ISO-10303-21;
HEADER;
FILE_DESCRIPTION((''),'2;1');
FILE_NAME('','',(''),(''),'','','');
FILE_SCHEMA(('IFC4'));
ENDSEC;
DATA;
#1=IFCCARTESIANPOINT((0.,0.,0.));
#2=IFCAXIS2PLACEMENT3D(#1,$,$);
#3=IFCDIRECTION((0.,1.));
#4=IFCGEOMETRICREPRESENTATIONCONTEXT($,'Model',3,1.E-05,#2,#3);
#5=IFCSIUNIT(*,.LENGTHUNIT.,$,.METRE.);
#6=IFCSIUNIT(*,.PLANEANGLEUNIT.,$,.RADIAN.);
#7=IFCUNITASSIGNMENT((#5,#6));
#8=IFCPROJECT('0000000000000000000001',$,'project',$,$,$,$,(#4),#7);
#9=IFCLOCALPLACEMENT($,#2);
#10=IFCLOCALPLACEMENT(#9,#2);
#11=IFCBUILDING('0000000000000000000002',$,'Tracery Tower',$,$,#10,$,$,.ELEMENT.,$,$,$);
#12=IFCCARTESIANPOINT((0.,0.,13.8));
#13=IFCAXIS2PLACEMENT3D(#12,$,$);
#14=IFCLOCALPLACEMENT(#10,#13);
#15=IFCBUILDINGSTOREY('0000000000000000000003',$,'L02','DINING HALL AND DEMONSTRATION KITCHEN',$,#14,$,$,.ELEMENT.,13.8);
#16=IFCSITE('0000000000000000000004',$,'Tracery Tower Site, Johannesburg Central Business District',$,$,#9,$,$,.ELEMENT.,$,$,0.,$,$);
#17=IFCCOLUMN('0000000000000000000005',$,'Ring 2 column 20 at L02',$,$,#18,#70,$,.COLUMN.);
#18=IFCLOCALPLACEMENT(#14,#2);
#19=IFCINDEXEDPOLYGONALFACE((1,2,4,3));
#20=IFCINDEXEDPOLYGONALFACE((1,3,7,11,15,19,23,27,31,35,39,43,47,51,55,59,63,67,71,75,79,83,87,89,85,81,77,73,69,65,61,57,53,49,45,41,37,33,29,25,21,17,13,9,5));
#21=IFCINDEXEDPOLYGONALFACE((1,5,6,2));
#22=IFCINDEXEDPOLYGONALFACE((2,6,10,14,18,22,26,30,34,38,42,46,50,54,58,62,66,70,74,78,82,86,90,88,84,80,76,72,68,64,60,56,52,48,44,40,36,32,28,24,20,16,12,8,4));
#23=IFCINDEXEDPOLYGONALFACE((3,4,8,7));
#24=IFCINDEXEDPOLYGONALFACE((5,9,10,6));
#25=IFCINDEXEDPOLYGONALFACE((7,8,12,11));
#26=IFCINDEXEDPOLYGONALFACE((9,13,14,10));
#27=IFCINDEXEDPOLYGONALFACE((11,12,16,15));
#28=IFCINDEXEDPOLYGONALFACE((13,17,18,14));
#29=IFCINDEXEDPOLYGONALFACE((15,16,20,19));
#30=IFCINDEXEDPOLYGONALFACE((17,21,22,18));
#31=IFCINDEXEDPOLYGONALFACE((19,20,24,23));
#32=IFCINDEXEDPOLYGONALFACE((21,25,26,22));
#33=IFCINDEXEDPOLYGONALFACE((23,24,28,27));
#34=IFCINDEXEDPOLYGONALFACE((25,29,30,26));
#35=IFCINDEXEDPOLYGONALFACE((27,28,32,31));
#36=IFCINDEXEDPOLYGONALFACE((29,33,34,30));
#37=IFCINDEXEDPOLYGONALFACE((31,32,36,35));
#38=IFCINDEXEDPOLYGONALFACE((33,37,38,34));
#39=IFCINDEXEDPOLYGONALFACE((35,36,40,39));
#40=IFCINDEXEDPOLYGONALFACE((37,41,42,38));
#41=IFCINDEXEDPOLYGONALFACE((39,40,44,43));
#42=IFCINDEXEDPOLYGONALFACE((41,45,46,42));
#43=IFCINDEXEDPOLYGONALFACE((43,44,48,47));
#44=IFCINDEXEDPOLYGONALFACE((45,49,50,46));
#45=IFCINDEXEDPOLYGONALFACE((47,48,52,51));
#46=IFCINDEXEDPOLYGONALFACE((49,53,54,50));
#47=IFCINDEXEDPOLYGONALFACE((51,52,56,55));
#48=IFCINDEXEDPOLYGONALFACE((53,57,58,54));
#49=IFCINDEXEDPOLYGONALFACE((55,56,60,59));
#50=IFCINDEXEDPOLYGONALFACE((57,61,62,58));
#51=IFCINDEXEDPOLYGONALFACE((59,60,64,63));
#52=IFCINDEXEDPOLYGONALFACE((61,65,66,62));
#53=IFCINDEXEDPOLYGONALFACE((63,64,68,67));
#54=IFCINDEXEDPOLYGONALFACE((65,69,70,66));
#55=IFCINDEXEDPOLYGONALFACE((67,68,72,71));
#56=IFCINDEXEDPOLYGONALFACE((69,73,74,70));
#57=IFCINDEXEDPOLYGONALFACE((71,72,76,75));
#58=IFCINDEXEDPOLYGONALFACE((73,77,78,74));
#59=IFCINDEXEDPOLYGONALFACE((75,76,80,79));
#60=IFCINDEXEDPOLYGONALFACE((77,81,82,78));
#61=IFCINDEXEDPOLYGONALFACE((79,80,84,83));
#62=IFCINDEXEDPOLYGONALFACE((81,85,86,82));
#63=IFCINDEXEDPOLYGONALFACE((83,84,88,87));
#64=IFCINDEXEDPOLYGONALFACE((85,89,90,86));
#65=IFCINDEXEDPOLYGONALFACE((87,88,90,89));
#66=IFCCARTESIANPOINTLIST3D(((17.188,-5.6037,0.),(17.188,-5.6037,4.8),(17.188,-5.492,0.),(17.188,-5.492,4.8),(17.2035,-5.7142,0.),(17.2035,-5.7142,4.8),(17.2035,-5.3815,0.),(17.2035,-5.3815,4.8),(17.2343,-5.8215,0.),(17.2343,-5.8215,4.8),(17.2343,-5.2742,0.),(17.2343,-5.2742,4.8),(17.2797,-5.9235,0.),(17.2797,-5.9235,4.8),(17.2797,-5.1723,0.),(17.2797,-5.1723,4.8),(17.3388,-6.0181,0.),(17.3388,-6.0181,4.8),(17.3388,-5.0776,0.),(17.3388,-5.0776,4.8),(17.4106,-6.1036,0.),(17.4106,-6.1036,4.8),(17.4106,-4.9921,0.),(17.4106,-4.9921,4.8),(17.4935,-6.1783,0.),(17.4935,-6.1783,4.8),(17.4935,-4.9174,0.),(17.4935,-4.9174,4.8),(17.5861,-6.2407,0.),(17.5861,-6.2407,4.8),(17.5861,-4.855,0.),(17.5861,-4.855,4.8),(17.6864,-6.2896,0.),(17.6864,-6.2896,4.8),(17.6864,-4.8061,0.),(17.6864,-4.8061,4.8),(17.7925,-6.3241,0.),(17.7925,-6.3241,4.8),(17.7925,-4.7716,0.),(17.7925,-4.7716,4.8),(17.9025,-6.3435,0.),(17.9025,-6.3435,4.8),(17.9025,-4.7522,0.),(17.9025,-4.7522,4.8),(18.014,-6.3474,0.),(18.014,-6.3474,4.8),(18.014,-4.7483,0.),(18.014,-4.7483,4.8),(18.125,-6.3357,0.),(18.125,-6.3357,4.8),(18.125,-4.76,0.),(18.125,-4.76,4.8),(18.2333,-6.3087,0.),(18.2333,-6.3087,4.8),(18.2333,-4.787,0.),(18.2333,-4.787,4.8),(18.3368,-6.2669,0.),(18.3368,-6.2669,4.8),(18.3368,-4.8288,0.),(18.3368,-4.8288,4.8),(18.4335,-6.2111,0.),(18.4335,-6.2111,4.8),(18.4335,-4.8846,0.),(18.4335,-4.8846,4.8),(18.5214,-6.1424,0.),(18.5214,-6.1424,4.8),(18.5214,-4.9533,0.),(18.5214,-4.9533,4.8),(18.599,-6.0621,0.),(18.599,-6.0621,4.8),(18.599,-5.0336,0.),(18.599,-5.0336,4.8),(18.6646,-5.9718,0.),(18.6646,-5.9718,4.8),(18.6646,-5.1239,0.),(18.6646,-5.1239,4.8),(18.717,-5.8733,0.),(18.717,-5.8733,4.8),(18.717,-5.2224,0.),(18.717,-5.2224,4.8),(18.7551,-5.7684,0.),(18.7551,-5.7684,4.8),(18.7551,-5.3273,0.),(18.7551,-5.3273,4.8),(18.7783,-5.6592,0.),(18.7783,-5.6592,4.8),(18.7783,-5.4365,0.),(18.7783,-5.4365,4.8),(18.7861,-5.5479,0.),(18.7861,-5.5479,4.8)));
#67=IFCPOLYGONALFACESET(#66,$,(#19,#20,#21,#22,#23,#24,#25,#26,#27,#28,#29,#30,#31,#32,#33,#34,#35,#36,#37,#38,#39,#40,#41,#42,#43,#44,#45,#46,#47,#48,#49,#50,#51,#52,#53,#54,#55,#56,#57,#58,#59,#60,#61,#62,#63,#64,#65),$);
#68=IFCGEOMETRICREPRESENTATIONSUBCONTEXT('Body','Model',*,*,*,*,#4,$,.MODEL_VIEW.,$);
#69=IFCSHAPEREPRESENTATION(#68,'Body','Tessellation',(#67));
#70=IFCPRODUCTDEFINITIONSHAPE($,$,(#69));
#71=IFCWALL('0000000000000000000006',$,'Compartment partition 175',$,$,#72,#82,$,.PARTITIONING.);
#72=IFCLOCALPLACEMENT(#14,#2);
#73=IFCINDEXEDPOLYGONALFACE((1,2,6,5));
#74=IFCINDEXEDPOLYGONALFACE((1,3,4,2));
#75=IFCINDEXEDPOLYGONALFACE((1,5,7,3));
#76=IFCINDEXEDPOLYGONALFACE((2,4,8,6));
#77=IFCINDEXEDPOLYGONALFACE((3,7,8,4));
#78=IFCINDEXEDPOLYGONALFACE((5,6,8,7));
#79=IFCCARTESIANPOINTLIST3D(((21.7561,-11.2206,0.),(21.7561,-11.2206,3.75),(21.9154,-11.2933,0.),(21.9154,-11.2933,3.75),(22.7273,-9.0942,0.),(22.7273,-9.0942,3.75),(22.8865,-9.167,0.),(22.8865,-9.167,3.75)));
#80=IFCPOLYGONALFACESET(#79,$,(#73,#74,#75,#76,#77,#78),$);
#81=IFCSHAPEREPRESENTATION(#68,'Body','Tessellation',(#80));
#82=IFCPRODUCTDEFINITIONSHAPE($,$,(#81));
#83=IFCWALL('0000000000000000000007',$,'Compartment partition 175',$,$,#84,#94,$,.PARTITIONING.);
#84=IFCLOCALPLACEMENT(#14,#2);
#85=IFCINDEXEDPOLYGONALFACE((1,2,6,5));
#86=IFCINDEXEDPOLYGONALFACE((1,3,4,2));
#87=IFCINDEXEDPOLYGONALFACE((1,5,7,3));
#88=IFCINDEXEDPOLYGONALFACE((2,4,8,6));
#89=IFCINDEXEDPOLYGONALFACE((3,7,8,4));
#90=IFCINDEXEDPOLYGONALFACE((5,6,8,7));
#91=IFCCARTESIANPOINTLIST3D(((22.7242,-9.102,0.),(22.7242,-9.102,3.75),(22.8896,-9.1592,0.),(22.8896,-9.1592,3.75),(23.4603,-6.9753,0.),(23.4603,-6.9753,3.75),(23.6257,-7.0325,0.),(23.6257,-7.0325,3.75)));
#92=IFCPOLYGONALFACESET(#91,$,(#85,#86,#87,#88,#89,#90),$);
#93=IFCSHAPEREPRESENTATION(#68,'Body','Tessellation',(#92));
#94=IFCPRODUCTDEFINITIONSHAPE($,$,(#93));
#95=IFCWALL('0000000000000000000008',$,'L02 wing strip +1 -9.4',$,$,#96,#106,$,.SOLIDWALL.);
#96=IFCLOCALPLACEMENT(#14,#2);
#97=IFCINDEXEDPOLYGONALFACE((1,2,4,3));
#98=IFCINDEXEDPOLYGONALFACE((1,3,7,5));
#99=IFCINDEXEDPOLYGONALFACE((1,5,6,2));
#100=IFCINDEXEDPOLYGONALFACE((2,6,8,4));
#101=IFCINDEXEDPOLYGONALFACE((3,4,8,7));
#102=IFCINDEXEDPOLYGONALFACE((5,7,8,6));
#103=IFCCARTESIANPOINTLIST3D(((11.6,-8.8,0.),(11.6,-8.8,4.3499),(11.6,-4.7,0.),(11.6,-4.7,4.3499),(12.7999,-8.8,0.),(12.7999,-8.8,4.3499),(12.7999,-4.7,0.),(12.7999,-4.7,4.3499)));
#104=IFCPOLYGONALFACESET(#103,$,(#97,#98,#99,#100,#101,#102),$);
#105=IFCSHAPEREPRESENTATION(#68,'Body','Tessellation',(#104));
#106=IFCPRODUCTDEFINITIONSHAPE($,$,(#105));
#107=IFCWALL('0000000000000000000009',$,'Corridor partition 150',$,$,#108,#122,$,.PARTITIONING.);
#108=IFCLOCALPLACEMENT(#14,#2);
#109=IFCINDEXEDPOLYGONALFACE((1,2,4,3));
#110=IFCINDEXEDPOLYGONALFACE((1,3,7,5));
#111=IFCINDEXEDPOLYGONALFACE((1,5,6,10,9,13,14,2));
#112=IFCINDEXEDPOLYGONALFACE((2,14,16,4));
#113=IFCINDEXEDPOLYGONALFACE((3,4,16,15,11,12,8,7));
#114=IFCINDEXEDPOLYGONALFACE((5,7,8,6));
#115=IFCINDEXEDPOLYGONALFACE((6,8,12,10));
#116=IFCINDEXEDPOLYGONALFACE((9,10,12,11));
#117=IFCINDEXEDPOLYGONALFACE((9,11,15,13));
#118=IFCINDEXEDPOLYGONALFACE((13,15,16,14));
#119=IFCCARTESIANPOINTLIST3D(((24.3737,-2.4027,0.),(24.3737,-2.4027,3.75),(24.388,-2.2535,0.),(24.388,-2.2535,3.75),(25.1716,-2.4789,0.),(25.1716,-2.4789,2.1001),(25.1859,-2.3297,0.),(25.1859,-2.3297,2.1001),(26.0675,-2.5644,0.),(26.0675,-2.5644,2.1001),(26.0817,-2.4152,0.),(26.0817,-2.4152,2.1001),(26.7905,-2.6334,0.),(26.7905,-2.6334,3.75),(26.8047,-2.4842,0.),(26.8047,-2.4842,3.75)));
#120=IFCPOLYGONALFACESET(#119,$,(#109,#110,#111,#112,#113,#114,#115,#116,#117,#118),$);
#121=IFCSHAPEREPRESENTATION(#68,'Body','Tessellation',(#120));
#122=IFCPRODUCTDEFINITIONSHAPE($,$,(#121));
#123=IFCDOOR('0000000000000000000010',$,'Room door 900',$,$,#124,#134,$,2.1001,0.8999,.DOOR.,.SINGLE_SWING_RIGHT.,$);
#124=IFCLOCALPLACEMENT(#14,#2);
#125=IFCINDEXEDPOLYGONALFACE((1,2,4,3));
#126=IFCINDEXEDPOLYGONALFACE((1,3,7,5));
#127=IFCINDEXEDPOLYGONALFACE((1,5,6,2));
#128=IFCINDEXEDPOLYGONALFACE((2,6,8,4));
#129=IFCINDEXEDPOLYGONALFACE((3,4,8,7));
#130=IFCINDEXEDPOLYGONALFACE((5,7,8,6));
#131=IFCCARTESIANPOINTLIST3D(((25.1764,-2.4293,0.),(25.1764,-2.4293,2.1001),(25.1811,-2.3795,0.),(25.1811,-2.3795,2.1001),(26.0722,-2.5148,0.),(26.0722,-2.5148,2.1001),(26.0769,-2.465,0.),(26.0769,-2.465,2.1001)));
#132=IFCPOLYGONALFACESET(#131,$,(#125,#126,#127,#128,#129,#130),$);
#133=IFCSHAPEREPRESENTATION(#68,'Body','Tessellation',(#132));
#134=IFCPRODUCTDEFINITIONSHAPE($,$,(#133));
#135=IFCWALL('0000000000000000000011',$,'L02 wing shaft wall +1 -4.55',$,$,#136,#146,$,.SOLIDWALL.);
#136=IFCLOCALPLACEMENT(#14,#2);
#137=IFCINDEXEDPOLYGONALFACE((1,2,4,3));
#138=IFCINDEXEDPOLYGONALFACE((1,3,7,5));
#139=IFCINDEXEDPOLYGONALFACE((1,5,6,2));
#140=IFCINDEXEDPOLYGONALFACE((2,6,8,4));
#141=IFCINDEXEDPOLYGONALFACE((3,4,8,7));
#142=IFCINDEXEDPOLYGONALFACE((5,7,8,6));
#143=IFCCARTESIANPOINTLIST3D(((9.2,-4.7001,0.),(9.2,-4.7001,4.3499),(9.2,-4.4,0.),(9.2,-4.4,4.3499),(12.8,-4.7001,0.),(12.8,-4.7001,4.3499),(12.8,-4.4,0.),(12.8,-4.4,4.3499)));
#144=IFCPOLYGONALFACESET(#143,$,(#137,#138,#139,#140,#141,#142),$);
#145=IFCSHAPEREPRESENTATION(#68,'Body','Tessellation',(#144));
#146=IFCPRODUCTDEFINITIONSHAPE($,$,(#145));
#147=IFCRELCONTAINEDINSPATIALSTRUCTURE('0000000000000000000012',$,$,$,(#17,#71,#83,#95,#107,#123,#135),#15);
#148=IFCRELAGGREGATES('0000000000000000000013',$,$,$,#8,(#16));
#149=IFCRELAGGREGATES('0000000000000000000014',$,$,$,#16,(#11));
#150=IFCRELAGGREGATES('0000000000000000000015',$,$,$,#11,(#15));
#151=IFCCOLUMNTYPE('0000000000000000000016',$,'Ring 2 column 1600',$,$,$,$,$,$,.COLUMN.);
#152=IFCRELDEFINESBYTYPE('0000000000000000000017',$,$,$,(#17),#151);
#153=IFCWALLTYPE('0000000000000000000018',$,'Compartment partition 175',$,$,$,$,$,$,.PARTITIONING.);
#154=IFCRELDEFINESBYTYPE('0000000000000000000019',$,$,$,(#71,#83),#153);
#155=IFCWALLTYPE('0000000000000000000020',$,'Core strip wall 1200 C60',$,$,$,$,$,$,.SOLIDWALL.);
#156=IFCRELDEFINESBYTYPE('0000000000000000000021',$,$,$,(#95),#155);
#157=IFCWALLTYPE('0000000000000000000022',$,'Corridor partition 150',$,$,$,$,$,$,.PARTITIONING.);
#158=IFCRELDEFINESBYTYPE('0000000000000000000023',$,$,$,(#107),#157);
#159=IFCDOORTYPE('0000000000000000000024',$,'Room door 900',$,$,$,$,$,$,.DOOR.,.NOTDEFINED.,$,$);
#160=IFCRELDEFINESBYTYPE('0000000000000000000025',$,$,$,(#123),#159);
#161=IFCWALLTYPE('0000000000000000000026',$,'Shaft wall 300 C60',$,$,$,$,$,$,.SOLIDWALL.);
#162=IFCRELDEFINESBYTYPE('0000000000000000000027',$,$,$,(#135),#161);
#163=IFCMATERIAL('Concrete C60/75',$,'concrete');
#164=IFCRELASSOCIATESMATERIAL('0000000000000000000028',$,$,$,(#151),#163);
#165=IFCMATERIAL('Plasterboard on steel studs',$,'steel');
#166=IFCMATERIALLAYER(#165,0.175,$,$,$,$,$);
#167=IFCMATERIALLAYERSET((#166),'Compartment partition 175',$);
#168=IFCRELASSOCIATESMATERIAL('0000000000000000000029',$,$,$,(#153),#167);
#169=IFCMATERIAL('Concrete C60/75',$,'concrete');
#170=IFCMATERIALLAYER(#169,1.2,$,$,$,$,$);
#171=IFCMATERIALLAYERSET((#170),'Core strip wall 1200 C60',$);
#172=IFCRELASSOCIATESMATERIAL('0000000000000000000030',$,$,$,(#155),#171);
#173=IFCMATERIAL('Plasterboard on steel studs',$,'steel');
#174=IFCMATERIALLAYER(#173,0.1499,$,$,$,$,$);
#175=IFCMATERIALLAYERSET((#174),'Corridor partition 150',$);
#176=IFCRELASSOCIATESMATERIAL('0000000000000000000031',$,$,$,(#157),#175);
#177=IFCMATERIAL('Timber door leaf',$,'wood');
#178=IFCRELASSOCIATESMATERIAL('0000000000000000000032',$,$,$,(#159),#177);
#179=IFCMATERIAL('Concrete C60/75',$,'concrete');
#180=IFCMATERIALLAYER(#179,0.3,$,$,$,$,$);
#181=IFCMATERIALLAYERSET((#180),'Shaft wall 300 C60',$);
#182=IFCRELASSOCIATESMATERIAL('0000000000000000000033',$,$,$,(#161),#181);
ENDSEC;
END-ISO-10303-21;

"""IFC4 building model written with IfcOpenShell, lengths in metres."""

from ifc_helpers import new_model, si_unit, direction, frame, frame_2d, origin, origin_2d, place, context, subcontext, project, spatial, rectangle, circle, extrude, material, layer, layer_set, material_profile, profile_set, type_object, element, fill, save


model = new_model("IFC4")

# Units and contexts
model_context = context("Model", 3, precision=1e-05, world=origin(), true_north=direction((0.0, 1.0)))
body_context = subcontext(model_context, "Body", "Model", "MODEL_VIEW")
ifc_project = project(units=[si_unit("LENGTHUNIT", "METRE"), si_unit("PLANEANGLEUNIT", "RADIAN")], contexts=[model_context])

# Site, building, storey
site_placement = place(None, origin())
site = spatial("IfcSite", under=ifc_project, at=site_placement, Name="Tracery Tower Site, Johannesburg Central Business District", CompositionType="ELEMENT", RefElevation=0.0)
building_placement = place(site_placement, origin())
building = spatial("IfcBuilding", under=site, at=building_placement, Name="Tracery Tower", CompositionType="ELEMENT")
storey_placement = place(building_placement, frame((0.0, 0.0, 13.8)))
storey = spatial("IfcBuildingStorey", under=building, at=storey_placement, Name="L02", Description="DINING HALL AND DEMONSTRATION KITCHEN", CompositionType="ELEMENT", Elevation=13.8)

# Column
ifc_material_1 = material(Name="Concrete C60/75", Category="concrete")
ifc_material_profile_1 = material_profile(ifc_material_1, circle(Radius=0.8, at=origin_2d()), Name="RC D1600")
ifc_profile_set_1 = profile_set([ifc_material_profile_1], Name="Concrete C60/75")
column_type_1 = type_object("IfcColumnType", Name="Ring 2 column 1600", PredefinedType="COLUMN", material=ifc_profile_set_1)
for number, where, z_axis, x_axis, name in (
    (1, (17.9861, -5.5479, 0.0), (0.0, 0.0, 1.0), (1.0, 0.0, 0.0), "Ring 2 column 20 at L02"),
):
    element("IfcColumn", number, at=place(storey_placement, frame(where, z_axis=z_axis, x_axis=x_axis)), inside=storey, type_object=column_type_1, Name=name, PredefinedType="COLUMN", context=body_context, shape_type="SweptSolid", body=[
        extrude(circle(Radius=0.8, at=origin_2d()), origin(), (0.0, 0.0, 1.0), 4.8),
    ])

# Shared definitions
ifc_material_2 = material(Name="Plasterboard on steel studs", Category="steel")
ifc_layer_1 = layer(ifc_material_2, 0.175)
ifc_layer_set_1 = layer_set([ifc_layer_1], Name="Compartment partition 175")
wall_type_1 = type_object("IfcWallType", Name="Compartment partition 175", PredefinedType="PARTITIONING", material=ifc_layer_set_1)

# Walls
wall_1_placement = place(storey_placement, frame((21.8357, -11.2571, 0.0), z_axis=(0.0, 0.0, 1.0), x_axis=(0.415439, 0.909621, 0.0)))
element("IfcWall", 2, at=wall_1_placement, inside=storey, type_object=wall_type_1, Name="Compartment partition 175", PredefinedType="PARTITIONING", context=body_context, shape_type="SweptSolid", body=[
    extrude(rectangle(XDim=2.3376, YDim=0.175, at=frame_2d((1.1689, 0.0))), origin(), (0.0, 0.0, 1.0), 3.75),
])
wall_2_placement = place(storey_placement, frame((22.8069, -9.1306, 0.0), z_axis=(0.0, 0.0, 1.0), x_axis=(0.327077, 0.944998, 0.0)))
element("IfcWall", 3, at=wall_2_placement, inside=storey, type_object=wall_type_1, Name="Compartment partition 175", PredefinedType="PARTITIONING", context=body_context, shape_type="SweptSolid", body=[
    extrude(rectangle(XDim=2.2505, YDim=0.175, at=frame_2d((1.1252, 0.0))), origin(), (0.0, 0.0, 1.0), 3.75),
])
ifc_material_3 = material(Name="Concrete C60/75", Category="concrete")
ifc_layer_2 = layer(ifc_material_3, 1.2)
ifc_layer_set_2 = layer_set([ifc_layer_2], Name="Core strip wall 1200 C60")
wall_type_2 = type_object("IfcWallType", Name="Core strip wall 1200 C60", PredefinedType="SOLIDWALL", material=ifc_layer_set_2)
wall_3_placement = place(storey_placement, frame((12.2, -8.8, 0.0), z_axis=(0.0, 0.0, 1.0), x_axis=(0.0, 1.0, 0.0)))
element("IfcWall", 4, at=wall_3_placement, inside=storey, type_object=wall_type_2, Name="L02 wing strip +1 -9.4", PredefinedType="SOLIDWALL", context=body_context, shape_type="SweptSolid", body=[
    extrude(rectangle(XDim=4.1001, YDim=1.2, at=frame_2d((2.05, 0.0))), origin(), (0.0, 0.0, 1.0), 4.3499),
])

# Wall, opening, door
ifc_material_4 = material(Name="Plasterboard on steel studs", Category="steel")
ifc_layer_3 = layer(ifc_material_4, 0.1499)
ifc_layer_set_3 = layer_set([ifc_layer_3], Name="Corridor partition 150")
wall_type_3 = type_object("IfcWallType", Name="Corridor partition 150", PredefinedType="PARTITIONING", material=ifc_layer_set_3)
wall_4_placement = place(storey_placement, frame((24.3809, -2.3281, 0.0), z_axis=(0.0, 0.0, 1.0), x_axis=(0.995474, -0.095032, 0.0)))
wall_4 = element("IfcWall", 5, at=wall_4_placement, inside=storey, type_object=wall_type_3, Name="Corridor partition 150", PredefinedType="PARTITIONING", context=body_context, shape_type="SweptSolid", body=[
    extrude(rectangle(XDim=2.4277, YDim=0.1499, at=frame_2d((1.2139, 0.0))), origin(), (0.0, 0.0, 1.0), 3.75),
])
opening_1_placement = place(wall_4_placement, frame((0.8015, 0.0, 0.0)))
opening_1 = element("IfcOpeningElement", 6, at=opening_1_placement, cuts=wall_4, PredefinedType="OPENING", context=body_context, shape_type="SweptSolid", body=[
    extrude(rectangle(XDim=0.8999, YDim=2.1001, at=frame_2d((0.45, 1.05))), frame((0.0, 0.075, 0.0), z_axis=(0.0, -1.0, 0.0), x_axis=(1.0, 0.0, 0.0)), (0.0, 0.0, 1.0), 0.1499),
])
ifc_material_5 = material(Name="Timber door leaf", Category="wood")
door_type_1 = type_object("IfcDoorType", Name="Room door 900", OperationType="NOTDEFINED", PredefinedType="DOOR", material=ifc_material_5)
door_1_placement = place(opening_1_placement, origin())
door_1 = element("IfcDoor", 7, at=door_1_placement, inside=storey, type_object=door_type_1, Name="Room door 900", OperationType="SINGLE_SWING_RIGHT", OverallHeight=2.1001, OverallWidth=0.8999, PredefinedType="DOOR", context=body_context, shape_type="SweptSolid", body=[
    extrude(rectangle(XDim=0.8999, YDim=2.1001, at=frame_2d((0.45, 1.05))), frame((0.0, 0.0249, 0.0), z_axis=(0.0, -1.0, 0.0), x_axis=(1.0, 0.0, 0.0)), (0.0, 0.0, 1.0), 0.05),
])
fill(opening_1, door_1)

# Wall
ifc_material_6 = material(Name="Concrete C60/75", Category="concrete")
ifc_layer_4 = layer(ifc_material_6, 0.3)
ifc_layer_set_4 = layer_set([ifc_layer_4], Name="Shaft wall 300 C60")
wall_type_4 = type_object("IfcWallType", Name="Shaft wall 300 C60", PredefinedType="SOLIDWALL", material=ifc_layer_set_4)
wall_5_placement = place(storey_placement, frame((9.2, -4.55, 0.0), z_axis=(0.0, 0.0, 1.0), x_axis=(1.0, 0.0, 0.0)))
element("IfcWall", 8, at=wall_5_placement, inside=storey, type_object=wall_type_4, Name="L02 wing shaft wall +1 -4.55", PredefinedType="SOLIDWALL", context=body_context, shape_type="SweptSolid", body=[
    extrude(rectangle(XDim=3.6001, YDim=0.3, at=frame_2d((1.8, 0.0))), origin(), (0.0, 0.0, 1.0), 4.3499),
])

save(model, "model.ifc")
